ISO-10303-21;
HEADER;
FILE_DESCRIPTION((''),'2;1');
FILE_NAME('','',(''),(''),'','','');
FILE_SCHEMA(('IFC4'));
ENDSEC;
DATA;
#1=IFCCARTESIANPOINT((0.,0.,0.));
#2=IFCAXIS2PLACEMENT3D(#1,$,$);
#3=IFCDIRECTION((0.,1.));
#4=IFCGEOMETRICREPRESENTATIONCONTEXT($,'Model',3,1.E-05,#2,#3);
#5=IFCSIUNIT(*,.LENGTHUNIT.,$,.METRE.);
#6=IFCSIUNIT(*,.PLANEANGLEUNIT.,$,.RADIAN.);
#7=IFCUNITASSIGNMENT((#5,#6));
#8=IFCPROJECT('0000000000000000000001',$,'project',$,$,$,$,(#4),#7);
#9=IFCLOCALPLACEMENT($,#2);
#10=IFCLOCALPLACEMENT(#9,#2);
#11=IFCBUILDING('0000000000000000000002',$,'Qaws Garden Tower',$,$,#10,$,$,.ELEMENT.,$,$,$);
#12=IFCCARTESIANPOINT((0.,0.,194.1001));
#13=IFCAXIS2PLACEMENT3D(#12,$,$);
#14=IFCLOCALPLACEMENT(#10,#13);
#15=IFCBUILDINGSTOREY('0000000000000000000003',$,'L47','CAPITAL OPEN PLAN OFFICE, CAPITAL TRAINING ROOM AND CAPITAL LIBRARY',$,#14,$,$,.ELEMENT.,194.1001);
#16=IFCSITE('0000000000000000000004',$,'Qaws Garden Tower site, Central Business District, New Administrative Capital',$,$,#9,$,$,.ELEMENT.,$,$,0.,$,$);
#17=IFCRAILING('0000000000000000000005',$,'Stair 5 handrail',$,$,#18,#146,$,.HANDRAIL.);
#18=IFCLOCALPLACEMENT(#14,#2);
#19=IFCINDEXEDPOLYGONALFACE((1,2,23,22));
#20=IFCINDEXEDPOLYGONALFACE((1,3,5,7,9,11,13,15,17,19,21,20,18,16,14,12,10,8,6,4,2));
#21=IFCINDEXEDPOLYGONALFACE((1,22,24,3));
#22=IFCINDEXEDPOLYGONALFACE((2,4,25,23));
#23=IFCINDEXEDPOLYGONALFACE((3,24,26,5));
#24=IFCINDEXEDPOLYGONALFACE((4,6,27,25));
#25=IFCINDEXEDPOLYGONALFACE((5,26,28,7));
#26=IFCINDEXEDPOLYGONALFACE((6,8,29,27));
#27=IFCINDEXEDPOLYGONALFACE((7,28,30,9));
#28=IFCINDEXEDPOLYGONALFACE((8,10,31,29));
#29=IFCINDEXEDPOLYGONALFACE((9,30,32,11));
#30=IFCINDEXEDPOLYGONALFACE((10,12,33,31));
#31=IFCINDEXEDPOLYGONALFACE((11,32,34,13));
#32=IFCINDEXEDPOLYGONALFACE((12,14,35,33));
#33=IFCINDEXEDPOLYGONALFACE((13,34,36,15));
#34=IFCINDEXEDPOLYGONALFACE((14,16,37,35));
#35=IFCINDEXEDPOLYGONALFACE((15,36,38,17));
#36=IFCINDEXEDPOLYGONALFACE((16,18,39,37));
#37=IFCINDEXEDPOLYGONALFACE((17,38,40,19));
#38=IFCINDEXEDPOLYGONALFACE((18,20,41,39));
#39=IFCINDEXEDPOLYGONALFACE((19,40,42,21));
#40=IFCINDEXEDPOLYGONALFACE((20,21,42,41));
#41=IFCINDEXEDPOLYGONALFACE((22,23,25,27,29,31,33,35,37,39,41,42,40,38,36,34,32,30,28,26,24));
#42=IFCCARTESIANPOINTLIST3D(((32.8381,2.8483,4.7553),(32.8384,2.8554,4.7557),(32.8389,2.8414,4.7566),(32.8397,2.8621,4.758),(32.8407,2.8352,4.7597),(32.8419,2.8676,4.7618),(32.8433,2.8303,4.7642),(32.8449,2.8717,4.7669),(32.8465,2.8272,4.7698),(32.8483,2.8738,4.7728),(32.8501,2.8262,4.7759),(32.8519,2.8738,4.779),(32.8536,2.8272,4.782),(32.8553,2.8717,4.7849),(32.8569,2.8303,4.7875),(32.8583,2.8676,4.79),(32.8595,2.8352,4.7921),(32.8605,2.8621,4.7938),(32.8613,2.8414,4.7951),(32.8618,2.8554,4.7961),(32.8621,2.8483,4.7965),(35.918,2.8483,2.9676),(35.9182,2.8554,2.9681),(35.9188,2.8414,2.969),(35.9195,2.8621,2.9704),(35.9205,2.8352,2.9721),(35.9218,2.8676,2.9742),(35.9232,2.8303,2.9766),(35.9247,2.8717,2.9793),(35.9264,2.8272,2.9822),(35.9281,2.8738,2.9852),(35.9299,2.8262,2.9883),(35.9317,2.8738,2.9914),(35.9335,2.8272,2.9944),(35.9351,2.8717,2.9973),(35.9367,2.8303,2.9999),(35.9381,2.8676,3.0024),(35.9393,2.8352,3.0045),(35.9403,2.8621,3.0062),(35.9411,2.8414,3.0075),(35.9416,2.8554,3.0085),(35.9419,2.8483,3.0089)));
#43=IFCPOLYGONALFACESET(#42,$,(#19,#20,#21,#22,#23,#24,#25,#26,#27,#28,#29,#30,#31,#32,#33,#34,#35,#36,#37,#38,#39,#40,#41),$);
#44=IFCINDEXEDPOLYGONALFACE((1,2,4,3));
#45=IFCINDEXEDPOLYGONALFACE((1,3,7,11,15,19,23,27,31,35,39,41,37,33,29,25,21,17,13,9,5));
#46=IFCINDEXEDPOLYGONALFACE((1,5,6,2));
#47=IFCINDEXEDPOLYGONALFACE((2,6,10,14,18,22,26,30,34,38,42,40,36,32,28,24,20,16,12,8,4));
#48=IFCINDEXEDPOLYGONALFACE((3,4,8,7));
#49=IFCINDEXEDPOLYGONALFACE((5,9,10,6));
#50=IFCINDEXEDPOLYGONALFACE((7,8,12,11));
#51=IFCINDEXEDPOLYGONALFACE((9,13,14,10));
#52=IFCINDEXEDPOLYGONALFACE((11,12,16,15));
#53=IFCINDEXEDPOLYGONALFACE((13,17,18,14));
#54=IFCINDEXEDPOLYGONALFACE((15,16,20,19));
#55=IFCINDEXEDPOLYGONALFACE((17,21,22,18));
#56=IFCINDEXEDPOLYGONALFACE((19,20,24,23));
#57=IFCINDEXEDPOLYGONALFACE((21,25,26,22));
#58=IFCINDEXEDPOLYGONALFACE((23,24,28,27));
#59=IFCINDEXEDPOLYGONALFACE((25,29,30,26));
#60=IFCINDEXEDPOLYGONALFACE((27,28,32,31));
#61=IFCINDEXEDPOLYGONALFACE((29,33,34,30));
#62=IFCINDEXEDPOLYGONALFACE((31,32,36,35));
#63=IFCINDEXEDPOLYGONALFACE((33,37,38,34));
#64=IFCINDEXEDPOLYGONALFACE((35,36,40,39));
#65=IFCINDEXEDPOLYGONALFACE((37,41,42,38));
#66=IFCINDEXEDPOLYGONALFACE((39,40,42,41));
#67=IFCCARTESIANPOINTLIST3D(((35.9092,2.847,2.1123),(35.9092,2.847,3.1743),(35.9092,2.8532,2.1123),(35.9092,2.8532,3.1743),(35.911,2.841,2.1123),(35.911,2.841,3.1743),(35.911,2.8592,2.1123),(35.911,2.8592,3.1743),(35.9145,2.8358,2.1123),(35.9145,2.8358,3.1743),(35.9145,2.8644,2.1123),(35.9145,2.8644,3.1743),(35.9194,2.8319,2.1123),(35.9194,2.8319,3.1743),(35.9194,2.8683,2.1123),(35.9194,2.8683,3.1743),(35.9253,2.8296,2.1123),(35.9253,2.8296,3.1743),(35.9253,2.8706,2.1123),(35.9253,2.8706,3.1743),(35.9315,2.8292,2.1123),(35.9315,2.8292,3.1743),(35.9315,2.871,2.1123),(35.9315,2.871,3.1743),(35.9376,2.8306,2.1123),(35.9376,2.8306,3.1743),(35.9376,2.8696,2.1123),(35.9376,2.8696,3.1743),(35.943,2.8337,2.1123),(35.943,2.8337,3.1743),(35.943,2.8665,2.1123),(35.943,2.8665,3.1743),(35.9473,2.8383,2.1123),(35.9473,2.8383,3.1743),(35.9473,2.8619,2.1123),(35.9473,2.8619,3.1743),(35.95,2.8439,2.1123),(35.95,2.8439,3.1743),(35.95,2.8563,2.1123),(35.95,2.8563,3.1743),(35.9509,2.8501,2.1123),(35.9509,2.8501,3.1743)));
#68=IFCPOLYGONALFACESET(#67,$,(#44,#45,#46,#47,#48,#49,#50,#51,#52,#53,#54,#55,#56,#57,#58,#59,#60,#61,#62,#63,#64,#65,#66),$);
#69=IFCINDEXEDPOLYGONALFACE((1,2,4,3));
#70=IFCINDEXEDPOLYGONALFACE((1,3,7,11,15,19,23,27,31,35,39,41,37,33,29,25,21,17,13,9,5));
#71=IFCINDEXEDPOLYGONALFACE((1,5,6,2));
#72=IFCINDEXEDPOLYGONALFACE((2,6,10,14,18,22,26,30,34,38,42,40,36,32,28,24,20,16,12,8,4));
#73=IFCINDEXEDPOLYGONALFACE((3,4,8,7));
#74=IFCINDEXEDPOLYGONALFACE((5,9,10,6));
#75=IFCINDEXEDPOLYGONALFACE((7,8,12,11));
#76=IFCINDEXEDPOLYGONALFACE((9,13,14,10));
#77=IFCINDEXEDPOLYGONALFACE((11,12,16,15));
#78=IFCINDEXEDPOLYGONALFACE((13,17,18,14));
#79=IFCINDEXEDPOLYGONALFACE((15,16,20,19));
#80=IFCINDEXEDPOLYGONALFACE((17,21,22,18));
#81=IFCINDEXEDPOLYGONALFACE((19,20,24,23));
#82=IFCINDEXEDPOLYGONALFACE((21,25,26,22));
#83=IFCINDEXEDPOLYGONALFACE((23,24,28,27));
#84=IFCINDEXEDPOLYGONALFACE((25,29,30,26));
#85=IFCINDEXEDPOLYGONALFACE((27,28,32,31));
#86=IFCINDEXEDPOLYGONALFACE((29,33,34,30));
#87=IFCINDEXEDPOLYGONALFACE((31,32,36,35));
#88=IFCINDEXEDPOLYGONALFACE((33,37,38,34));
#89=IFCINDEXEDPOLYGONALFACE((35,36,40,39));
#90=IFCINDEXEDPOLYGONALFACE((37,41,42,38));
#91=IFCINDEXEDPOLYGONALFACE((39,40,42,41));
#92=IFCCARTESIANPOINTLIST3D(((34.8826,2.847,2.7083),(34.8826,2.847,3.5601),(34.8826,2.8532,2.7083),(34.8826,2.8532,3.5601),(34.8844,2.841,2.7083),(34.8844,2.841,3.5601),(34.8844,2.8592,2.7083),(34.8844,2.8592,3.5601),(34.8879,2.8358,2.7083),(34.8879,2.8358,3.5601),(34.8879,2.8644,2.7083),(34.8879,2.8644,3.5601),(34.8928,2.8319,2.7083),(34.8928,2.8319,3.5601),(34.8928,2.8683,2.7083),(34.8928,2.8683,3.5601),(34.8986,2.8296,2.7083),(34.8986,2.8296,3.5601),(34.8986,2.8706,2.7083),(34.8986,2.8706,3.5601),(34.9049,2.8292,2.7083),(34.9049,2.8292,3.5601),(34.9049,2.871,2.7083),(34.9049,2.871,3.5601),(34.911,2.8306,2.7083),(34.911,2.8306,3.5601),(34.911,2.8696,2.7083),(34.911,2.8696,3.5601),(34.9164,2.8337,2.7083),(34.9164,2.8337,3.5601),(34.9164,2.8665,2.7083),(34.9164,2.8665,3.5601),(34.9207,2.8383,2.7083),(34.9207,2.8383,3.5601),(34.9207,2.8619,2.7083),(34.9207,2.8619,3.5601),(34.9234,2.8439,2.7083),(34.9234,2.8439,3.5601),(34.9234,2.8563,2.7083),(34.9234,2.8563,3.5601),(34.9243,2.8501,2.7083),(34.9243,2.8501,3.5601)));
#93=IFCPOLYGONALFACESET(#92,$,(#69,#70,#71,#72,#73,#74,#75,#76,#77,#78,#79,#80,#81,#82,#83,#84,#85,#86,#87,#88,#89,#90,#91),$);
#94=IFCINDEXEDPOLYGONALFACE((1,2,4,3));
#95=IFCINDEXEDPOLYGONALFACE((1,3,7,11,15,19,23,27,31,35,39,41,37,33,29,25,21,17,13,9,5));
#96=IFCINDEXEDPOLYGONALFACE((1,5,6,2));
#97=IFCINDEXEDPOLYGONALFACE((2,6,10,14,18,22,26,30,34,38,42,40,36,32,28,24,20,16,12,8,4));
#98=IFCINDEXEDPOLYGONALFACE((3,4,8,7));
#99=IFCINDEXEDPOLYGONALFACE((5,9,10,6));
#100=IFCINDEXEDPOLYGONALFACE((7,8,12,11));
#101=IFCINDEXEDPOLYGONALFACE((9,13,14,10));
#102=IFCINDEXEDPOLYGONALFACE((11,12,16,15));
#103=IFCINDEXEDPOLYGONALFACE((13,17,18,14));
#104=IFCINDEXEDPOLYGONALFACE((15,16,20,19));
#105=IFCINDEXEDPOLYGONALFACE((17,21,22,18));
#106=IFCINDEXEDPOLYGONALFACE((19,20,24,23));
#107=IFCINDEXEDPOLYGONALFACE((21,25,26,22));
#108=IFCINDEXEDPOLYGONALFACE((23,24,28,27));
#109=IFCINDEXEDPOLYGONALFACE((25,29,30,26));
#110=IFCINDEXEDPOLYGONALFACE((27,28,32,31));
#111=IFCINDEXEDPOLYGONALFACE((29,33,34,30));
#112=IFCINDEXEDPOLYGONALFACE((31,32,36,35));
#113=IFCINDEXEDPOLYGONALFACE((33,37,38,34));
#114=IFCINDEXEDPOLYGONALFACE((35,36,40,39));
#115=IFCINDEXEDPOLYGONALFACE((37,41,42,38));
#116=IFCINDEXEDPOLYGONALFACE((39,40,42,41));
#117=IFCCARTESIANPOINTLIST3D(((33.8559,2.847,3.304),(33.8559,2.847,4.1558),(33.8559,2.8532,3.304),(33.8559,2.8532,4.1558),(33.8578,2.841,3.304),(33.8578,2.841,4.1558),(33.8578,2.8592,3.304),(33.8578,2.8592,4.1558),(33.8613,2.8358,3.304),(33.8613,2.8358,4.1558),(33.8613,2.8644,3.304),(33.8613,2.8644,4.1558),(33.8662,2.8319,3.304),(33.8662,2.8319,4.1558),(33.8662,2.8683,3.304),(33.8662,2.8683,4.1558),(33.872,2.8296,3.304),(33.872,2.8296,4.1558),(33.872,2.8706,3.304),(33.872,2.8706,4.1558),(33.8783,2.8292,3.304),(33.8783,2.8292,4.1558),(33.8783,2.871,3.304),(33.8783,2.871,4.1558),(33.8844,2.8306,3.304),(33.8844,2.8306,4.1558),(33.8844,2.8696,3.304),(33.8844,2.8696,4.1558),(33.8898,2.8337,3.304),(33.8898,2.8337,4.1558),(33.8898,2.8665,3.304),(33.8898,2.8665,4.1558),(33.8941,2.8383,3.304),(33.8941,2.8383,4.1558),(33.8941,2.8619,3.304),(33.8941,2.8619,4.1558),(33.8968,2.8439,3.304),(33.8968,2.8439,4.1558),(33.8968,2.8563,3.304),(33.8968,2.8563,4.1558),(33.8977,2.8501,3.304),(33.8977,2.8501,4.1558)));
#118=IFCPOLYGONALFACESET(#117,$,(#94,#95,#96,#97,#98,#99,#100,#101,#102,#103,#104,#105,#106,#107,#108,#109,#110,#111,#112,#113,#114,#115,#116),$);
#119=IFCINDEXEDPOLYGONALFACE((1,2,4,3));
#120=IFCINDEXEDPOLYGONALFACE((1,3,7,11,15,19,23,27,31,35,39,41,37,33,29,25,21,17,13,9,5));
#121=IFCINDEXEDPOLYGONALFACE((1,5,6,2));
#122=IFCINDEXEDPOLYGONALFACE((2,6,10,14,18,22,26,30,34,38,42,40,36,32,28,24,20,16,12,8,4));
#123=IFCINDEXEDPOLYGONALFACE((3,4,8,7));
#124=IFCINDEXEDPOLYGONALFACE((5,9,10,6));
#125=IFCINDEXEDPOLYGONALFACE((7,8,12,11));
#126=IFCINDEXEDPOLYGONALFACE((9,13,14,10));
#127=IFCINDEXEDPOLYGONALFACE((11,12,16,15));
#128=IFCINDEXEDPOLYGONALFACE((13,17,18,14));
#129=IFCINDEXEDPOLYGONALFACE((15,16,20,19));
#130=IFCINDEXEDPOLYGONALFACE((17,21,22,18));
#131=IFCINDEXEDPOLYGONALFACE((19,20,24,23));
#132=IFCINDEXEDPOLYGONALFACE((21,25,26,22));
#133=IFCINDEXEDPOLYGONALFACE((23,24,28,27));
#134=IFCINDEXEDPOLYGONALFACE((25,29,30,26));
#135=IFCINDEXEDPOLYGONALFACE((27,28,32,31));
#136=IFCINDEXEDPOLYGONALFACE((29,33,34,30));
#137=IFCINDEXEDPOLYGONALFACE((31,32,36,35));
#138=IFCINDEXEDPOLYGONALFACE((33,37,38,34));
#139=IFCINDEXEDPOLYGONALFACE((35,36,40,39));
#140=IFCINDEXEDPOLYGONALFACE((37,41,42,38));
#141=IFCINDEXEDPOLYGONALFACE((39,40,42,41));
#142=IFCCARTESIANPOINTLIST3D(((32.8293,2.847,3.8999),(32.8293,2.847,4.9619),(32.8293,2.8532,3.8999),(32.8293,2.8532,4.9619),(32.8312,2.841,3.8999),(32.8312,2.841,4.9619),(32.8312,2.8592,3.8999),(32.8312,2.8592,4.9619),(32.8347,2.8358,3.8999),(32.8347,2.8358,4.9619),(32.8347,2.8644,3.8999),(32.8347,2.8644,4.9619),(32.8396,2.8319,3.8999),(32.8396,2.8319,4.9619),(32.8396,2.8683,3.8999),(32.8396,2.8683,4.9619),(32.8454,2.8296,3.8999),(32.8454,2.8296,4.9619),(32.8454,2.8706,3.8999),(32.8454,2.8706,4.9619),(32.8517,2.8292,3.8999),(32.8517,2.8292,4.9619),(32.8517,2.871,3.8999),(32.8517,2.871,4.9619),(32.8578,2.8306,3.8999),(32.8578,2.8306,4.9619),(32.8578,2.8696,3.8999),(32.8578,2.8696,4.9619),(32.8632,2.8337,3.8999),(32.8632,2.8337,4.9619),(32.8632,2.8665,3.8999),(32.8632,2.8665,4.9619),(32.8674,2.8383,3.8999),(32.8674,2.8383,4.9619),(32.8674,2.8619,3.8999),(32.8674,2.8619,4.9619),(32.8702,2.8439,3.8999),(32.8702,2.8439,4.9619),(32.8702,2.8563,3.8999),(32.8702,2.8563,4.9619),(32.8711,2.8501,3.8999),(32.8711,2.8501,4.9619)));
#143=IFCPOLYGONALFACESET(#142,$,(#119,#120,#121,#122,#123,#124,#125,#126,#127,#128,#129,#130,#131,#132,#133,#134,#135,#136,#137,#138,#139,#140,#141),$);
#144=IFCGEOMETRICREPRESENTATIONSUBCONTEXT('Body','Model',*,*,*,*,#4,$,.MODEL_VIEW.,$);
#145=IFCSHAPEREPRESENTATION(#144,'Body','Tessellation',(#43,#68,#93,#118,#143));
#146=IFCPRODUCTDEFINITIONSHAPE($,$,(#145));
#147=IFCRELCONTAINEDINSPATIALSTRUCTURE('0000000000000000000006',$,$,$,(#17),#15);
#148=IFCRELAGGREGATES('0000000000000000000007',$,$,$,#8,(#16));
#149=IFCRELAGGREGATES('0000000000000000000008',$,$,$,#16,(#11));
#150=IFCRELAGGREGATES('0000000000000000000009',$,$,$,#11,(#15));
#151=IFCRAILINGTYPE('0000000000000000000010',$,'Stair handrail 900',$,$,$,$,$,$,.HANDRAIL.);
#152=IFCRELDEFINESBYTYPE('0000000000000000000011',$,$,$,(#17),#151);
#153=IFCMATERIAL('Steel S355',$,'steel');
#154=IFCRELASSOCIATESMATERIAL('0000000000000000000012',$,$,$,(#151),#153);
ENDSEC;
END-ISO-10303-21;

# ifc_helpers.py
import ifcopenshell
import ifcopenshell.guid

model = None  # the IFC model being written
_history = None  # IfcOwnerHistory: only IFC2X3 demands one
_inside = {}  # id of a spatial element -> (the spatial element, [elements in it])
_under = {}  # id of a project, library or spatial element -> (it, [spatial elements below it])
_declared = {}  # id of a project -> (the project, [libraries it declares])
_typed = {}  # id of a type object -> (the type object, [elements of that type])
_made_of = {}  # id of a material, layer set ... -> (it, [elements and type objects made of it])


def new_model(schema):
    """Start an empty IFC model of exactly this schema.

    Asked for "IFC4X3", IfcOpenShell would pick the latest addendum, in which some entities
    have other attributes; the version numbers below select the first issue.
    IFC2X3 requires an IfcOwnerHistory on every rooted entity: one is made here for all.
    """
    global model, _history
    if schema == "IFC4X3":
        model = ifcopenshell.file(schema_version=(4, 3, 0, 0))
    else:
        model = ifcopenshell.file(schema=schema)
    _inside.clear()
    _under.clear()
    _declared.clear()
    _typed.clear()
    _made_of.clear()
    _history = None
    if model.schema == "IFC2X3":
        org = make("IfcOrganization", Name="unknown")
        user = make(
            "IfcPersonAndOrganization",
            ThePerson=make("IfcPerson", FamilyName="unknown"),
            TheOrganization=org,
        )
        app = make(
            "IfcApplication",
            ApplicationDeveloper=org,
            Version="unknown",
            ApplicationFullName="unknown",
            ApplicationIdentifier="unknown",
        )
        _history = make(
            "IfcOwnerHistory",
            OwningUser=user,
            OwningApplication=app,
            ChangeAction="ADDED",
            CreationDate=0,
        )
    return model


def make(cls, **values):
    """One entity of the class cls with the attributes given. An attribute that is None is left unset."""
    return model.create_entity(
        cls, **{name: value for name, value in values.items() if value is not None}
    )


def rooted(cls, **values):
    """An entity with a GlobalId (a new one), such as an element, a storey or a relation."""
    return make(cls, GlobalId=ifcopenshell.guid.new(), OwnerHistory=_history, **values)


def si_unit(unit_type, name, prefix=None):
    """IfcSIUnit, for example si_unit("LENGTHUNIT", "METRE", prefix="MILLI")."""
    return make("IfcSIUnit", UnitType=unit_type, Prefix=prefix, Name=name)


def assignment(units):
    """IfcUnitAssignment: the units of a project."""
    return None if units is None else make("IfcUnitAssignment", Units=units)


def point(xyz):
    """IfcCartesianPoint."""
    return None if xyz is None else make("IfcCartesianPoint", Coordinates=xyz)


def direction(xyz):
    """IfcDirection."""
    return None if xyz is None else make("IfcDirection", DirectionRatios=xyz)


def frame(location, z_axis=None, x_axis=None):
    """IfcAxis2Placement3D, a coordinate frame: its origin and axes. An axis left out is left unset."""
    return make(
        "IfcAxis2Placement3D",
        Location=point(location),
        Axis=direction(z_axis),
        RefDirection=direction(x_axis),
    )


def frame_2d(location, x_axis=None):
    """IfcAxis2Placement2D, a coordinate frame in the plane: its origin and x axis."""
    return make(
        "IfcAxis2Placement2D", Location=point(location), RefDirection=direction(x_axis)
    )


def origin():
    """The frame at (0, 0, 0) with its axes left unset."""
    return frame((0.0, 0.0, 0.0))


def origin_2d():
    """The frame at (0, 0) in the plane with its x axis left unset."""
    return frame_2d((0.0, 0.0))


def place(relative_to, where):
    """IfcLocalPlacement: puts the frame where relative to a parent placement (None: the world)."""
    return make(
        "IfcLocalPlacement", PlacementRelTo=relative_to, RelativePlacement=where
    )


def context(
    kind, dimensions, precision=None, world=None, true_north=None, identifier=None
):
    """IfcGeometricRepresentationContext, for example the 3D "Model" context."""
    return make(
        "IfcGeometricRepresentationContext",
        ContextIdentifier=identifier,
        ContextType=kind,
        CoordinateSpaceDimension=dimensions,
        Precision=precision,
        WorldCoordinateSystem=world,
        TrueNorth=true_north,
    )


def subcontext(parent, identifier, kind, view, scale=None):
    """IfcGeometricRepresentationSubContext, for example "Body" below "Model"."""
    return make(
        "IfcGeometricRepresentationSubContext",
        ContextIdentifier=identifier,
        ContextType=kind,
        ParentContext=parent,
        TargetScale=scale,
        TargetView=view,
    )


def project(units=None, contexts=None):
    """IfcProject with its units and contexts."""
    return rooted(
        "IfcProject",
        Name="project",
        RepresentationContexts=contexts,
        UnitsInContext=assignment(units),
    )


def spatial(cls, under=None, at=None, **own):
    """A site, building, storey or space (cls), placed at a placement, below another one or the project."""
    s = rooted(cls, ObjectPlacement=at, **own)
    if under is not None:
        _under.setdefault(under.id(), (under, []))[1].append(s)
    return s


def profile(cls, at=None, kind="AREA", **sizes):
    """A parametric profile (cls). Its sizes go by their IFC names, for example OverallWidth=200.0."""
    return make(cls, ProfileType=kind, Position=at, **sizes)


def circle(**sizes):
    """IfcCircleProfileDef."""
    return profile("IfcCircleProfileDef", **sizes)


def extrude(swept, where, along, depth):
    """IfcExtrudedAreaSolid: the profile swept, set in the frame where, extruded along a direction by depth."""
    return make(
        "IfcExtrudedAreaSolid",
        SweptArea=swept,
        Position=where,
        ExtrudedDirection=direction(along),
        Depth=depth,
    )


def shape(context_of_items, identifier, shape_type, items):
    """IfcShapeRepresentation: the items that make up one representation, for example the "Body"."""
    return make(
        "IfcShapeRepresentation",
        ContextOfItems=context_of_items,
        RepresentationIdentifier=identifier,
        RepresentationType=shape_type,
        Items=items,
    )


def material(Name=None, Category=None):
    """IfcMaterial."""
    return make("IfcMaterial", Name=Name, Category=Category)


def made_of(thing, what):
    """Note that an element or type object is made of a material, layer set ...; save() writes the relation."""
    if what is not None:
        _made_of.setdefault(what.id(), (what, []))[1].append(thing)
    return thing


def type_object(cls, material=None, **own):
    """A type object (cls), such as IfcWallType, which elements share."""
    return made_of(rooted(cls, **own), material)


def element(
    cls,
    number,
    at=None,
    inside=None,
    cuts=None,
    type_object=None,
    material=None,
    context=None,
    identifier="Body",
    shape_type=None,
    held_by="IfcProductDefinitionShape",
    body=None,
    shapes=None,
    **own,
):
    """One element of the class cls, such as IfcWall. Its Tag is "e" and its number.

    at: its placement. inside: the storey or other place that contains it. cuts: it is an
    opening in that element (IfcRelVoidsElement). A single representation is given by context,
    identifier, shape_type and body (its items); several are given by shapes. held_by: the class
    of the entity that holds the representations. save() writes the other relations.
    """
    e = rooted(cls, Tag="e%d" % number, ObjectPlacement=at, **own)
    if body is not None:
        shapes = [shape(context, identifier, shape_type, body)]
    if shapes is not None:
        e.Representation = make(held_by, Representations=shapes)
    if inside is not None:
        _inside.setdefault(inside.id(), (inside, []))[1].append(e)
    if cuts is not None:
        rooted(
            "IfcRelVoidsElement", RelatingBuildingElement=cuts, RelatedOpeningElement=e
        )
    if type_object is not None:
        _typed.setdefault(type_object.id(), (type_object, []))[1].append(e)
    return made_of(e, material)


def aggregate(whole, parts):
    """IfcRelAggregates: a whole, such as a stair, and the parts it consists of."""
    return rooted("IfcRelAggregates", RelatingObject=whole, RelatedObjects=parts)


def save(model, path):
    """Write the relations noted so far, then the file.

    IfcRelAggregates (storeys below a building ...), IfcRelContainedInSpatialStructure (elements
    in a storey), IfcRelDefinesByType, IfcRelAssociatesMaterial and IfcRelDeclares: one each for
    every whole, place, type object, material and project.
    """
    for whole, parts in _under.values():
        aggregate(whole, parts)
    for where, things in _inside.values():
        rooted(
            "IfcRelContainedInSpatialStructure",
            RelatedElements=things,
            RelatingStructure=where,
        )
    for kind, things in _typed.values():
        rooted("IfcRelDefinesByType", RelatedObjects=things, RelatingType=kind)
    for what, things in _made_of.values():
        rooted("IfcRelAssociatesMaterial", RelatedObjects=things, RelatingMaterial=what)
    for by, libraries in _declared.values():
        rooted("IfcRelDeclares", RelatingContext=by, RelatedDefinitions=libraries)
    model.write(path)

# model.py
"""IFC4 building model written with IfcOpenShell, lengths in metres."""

from ifc_helpers import new_model, si_unit, direction, frame, origin, origin_2d, place, context, subcontext, project, spatial, circle, extrude, material, type_object, element, save


model = new_model("IFC4")

# Units and contexts
model_context = context("Model", 3, precision=1e-05, world=origin(), true_north=direction((0.0, 1.0)))
body_context = subcontext(model_context, "Body", "Model", "MODEL_VIEW")
ifc_project = project(units=[si_unit("LENGTHUNIT", "METRE"), si_unit("PLANEANGLEUNIT", "RADIAN")], contexts=[model_context])

# Site, building, storey
site_placement = place(None, origin())
site = spatial("IfcSite", under=ifc_project, at=site_placement, Name="Qaws Garden Tower site, Central Business District, New Administrative Capital", CompositionType="ELEMENT", RefElevation=0.0)
building_placement = place(site_placement, origin())
building = spatial("IfcBuilding", under=site, at=building_placement, Name="Qaws Garden Tower", CompositionType="ELEMENT")
storey_placement = place(building_placement, frame((0.0, 0.0, 194.1001)))
storey = spatial("IfcBuildingStorey", under=building, at=storey_placement, Name="L47", Description="CAPITAL OPEN PLAN OFFICE, CAPITAL TRAINING ROOM AND CAPITAL LIBRARY", CompositionType="ELEMENT", Elevation=194.1001)

# Railing
ifc_material_1 = material(Name="Steel S355", Category="steel")
railing_type = type_object("IfcRailingType", Name="Stair handrail 900", PredefinedType="HANDRAIL", material=ifc_material_1)
railing_1_placement = place(storey_placement, frame((35.9299, 2.8501, 2.1123)))
element("IfcRailing", 1, at=railing_1_placement, inside=storey, type_object=railing_type, Name="Stair 5 handrail", PredefinedType="HANDRAIL", context=body_context, shape_type="SweptSolid", body=[
    extrude(circle(Radius=0.0239, at=origin_2d()), frame((0.0, 0.0, 0.876), z_axis=(-0.864873, 0.0, 0.50199), x_axis=(0.0, -1.0, 0.0)), (0.0, 0.0, 1.0), 3.561),
    extrude(circle(Radius=0.021, at=origin_2d()), origin(), (0.0, 0.0, 1.0), 1.062),
    extrude(circle(Radius=0.021, at=origin_2d()), frame((-1.0266, 0.0, 0.5959)), (0.0, 0.0, 1.0), 0.8518),
    extrude(circle(Radius=0.021, at=origin_2d()), frame((-2.0532, 0.0, 1.1917)), (0.0, 0.0, 1.0), 0.8518),
    extrude(circle(Radius=0.021, at=origin_2d()), frame((-3.0798, 0.0, 1.7876)), (0.0, 0.0, 1.0), 1.062),
])

save(model, "model.ifc")
